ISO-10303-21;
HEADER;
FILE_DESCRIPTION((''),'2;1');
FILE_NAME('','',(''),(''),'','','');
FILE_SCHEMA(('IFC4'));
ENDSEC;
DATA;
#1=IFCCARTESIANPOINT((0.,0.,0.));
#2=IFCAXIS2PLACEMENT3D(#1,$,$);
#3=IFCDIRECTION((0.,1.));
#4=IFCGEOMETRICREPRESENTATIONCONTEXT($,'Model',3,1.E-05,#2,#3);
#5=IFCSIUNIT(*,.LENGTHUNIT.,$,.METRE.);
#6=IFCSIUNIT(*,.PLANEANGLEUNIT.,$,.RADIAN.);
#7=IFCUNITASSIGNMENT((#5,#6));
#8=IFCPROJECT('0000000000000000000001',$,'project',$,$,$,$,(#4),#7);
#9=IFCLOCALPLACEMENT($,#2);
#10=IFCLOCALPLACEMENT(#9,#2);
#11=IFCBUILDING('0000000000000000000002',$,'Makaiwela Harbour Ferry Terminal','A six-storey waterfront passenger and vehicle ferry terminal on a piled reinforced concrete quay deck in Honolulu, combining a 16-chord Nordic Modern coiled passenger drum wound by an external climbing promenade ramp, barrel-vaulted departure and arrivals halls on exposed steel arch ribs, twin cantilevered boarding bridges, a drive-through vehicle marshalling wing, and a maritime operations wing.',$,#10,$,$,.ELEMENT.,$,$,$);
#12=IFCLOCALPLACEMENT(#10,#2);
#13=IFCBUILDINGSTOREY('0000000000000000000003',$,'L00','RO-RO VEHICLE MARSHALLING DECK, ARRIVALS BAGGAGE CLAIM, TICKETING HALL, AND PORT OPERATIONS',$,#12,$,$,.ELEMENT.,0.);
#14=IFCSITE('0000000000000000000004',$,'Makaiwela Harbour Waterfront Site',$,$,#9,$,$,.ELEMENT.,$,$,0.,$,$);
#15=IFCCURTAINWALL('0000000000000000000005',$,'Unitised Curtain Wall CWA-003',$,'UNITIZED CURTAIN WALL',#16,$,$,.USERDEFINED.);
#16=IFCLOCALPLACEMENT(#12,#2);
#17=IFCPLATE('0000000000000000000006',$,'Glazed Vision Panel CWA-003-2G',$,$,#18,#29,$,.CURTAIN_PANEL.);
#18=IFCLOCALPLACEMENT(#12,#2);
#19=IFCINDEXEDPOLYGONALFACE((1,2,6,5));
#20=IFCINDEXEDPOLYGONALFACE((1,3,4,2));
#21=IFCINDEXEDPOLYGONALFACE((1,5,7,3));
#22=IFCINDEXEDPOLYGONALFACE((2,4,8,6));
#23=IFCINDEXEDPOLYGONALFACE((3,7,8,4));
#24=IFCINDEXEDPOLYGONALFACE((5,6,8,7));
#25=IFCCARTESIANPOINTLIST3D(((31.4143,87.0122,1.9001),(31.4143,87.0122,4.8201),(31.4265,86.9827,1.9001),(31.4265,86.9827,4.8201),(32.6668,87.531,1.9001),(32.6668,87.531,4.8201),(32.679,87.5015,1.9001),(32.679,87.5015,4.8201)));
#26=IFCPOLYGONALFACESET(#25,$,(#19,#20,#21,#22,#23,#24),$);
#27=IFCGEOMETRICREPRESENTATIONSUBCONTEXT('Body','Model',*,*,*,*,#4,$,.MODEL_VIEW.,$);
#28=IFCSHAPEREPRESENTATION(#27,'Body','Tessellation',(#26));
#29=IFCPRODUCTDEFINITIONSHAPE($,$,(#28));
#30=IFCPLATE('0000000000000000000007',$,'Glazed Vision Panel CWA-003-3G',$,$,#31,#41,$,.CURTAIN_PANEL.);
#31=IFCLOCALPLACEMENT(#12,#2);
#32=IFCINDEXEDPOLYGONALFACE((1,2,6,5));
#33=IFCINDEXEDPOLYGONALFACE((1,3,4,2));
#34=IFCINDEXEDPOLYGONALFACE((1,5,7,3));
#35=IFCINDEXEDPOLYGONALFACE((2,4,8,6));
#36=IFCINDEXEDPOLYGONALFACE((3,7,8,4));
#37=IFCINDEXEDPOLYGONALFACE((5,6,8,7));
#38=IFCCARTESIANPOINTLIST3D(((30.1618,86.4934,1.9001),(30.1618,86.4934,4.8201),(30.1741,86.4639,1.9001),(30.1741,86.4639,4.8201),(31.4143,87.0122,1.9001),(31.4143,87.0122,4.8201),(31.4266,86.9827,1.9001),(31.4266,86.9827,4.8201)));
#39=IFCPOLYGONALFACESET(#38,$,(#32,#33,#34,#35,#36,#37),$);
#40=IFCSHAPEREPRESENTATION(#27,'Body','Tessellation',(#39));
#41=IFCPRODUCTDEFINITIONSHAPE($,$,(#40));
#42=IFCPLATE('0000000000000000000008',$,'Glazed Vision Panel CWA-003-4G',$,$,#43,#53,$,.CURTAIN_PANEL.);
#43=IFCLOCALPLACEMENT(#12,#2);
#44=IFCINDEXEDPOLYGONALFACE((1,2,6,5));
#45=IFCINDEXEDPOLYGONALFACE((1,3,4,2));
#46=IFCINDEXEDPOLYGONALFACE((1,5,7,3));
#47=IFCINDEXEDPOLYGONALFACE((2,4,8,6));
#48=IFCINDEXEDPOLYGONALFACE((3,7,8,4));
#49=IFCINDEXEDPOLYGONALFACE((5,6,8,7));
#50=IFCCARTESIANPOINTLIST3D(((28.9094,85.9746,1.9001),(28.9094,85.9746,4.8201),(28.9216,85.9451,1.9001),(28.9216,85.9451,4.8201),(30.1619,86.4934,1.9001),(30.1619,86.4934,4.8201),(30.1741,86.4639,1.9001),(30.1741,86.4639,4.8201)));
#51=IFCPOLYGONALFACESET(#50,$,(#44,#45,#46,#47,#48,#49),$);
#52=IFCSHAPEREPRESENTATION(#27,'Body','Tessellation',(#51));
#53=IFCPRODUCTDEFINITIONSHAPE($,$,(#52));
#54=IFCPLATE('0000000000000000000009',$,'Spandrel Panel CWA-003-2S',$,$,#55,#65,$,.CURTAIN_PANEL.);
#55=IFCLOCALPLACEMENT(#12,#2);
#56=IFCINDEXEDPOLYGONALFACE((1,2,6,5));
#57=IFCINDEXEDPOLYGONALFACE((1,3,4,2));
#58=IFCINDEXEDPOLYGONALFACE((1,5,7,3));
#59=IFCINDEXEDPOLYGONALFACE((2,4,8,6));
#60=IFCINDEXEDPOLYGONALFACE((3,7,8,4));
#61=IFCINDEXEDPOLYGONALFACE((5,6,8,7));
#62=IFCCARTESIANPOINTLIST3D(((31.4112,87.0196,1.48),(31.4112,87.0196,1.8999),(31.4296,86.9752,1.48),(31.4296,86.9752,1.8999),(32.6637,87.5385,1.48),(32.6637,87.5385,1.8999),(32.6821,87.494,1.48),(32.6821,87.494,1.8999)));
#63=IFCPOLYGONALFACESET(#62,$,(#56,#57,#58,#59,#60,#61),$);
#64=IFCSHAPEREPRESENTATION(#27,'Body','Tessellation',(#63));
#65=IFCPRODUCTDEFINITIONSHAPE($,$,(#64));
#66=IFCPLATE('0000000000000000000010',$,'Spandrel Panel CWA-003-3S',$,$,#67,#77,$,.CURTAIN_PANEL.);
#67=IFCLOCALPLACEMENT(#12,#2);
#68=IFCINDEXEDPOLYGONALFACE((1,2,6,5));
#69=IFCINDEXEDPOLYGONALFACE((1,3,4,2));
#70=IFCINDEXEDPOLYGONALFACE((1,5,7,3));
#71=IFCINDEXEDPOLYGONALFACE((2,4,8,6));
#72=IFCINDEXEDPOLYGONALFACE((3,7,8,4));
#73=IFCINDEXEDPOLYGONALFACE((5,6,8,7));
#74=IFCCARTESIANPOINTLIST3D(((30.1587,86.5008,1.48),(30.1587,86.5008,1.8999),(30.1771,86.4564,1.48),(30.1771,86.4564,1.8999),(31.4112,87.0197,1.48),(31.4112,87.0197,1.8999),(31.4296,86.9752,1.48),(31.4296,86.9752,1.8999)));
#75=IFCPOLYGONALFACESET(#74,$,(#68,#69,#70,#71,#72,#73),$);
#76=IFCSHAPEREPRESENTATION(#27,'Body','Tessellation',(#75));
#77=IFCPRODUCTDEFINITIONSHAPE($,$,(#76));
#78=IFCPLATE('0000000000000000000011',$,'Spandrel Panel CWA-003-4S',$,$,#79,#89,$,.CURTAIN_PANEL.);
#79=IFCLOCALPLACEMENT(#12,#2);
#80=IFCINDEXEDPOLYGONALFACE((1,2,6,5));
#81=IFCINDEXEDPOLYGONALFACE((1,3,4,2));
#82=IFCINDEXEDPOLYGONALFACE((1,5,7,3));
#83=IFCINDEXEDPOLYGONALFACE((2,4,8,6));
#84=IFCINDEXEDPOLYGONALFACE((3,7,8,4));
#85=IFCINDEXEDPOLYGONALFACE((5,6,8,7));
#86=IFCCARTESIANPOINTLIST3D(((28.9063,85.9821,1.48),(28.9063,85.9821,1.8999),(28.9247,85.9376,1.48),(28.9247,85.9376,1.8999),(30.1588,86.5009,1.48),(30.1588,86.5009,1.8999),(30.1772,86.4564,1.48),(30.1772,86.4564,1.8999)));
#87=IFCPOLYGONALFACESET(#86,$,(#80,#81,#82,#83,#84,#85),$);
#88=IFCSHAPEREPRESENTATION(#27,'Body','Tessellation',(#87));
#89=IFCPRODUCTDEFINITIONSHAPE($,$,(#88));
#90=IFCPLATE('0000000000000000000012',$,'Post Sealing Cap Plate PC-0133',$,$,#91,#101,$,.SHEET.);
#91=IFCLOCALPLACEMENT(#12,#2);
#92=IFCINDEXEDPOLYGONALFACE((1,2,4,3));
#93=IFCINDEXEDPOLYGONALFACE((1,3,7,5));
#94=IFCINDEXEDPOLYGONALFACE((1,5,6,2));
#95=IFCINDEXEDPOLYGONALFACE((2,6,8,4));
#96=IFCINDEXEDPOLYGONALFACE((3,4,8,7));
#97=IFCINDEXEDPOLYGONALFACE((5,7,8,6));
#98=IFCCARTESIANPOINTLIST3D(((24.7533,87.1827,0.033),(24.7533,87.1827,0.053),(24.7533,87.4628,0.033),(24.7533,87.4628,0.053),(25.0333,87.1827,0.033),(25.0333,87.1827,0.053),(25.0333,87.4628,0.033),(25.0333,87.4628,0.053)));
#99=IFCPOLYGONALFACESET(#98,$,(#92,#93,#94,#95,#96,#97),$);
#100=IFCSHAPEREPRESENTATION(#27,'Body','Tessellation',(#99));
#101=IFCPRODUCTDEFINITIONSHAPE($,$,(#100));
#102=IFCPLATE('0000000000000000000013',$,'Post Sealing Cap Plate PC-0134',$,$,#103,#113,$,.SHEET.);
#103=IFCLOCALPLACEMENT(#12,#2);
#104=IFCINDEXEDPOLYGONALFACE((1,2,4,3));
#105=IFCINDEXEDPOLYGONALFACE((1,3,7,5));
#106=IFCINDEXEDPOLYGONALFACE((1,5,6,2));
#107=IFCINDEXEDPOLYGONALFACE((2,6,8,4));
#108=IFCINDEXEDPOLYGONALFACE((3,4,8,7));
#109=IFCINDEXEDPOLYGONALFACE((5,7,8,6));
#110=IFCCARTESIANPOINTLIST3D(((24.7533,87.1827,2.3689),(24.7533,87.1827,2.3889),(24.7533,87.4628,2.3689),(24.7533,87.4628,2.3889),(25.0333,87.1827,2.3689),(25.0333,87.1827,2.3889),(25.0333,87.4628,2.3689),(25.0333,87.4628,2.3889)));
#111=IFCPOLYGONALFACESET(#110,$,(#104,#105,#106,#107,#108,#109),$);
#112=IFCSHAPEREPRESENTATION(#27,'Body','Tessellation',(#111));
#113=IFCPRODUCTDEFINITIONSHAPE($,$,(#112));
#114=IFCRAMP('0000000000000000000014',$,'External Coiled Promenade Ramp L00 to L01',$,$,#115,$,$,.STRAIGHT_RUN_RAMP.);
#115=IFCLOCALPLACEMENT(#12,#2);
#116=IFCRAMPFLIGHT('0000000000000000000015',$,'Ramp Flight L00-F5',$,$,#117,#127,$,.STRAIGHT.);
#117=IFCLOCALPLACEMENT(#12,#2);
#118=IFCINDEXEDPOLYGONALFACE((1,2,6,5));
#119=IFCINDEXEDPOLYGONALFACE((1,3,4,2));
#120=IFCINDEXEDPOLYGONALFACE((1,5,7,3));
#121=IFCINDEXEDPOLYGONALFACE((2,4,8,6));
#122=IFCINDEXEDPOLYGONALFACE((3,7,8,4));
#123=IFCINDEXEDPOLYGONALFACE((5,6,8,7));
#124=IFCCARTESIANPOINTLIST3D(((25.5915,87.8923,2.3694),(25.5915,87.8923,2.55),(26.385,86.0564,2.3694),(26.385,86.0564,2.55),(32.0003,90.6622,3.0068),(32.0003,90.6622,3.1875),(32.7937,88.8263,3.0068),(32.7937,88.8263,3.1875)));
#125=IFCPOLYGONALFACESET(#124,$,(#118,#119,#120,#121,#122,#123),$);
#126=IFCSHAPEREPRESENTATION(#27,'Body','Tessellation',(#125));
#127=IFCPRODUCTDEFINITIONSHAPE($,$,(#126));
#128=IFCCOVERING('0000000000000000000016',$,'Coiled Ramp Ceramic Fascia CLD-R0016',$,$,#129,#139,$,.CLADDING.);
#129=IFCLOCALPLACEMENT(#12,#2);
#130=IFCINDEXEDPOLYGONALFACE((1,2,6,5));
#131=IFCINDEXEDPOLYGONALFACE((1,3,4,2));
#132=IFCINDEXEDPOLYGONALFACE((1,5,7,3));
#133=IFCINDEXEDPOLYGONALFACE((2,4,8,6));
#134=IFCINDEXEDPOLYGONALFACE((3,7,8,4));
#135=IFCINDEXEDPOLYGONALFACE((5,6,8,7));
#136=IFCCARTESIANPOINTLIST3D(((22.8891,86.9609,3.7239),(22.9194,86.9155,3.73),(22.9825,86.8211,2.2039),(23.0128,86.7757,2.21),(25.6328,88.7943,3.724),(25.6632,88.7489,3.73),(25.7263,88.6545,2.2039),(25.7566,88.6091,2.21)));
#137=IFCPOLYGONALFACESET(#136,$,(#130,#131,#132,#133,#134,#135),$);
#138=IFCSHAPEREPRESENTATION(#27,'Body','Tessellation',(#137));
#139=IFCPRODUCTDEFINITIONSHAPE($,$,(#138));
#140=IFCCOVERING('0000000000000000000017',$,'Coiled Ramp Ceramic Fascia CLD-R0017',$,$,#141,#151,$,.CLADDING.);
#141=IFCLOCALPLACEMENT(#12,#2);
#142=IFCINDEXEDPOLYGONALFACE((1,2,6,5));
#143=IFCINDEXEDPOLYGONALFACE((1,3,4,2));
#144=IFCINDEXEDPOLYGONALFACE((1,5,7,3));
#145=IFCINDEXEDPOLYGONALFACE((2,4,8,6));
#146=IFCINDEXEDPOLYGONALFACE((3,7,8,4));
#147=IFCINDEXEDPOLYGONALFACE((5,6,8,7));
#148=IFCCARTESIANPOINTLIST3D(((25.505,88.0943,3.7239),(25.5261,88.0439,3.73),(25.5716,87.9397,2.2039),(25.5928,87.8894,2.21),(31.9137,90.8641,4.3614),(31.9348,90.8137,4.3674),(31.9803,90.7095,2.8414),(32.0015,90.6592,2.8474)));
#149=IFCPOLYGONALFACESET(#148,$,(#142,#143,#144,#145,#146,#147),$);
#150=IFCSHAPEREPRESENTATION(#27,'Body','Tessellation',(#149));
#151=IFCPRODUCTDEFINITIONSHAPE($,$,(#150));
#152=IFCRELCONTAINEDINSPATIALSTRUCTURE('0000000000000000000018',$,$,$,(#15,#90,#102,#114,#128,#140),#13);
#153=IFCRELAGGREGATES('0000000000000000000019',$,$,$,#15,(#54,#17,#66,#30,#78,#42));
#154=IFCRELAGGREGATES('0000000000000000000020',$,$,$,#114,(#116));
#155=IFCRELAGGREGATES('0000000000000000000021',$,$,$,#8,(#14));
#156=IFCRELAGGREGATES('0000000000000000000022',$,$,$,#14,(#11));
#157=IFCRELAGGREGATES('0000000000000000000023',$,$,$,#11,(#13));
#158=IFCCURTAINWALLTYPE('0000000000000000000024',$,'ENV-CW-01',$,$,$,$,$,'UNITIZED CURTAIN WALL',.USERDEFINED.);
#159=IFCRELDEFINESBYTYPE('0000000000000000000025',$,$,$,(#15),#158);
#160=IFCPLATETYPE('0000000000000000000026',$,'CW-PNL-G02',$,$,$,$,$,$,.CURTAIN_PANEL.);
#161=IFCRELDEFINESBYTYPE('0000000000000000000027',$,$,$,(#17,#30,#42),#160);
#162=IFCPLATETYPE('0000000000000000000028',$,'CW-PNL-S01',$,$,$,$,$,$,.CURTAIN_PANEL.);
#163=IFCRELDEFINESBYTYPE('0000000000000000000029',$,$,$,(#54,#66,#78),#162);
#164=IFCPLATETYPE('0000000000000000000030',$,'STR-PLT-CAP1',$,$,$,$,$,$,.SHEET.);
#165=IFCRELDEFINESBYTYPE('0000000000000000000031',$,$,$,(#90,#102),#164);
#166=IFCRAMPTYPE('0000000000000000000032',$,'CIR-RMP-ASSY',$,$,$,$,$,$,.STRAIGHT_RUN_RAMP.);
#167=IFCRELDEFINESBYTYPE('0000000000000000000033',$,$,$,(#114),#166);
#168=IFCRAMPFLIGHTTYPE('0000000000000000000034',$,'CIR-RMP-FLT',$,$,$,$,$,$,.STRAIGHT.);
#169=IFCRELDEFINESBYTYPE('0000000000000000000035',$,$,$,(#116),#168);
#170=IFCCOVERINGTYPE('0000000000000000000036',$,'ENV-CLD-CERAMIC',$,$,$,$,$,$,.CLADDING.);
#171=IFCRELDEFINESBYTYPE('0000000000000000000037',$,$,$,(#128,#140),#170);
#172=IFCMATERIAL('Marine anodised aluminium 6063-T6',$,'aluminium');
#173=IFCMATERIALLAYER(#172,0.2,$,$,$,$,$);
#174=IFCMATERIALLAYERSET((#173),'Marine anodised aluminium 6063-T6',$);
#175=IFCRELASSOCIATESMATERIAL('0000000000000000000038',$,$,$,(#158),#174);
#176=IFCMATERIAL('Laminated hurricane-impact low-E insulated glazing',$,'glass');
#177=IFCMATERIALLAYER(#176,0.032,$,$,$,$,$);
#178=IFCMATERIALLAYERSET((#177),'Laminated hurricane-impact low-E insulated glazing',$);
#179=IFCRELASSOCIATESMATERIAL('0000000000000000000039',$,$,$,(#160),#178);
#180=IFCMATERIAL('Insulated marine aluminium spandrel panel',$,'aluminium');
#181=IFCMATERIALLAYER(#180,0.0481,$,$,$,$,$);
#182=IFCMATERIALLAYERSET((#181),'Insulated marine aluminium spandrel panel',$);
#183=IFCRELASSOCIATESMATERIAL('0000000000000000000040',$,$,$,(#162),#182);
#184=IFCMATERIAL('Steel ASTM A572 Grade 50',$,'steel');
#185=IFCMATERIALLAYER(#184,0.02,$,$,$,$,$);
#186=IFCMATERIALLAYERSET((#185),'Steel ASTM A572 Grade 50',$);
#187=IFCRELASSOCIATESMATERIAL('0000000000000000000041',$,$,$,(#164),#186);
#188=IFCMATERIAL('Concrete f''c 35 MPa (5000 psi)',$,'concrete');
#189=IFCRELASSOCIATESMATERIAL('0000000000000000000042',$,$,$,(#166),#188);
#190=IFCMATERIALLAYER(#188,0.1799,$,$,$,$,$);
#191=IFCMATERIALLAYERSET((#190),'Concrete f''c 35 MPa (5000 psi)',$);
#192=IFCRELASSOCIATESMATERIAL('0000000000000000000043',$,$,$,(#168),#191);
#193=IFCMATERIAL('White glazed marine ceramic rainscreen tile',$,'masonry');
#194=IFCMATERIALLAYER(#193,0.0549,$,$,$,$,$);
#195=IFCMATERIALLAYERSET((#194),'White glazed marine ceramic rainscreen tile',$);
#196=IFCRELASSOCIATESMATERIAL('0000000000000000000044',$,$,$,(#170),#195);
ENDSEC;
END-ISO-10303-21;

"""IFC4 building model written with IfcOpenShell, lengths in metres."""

from ifc_helpers import new_model, si_unit, direction, frame, origin, origin_2d, place, context, subcontext, project, spatial, polyline, rectangle, outline, extrude, material, layer, layer_set, type_object, element, aggregate, save


model = new_model("IFC4")

# Units and contexts
model_context = context("Model", 3, precision=1e-05, world=origin(), true_north=direction((0.0, 1.0)))
body_context = subcontext(model_context, "Body", "Model", "MODEL_VIEW")
ifc_project = project(units=[si_unit("LENGTHUNIT", "METRE"), si_unit("PLANEANGLEUNIT", "RADIAN")], contexts=[model_context])

# Site, building, storey
site_placement = place(None, origin())
site = spatial("IfcSite", under=ifc_project, at=site_placement, Name="Makaiwela Harbour Waterfront Site", CompositionType="ELEMENT", RefElevation=0.0)
building_placement = place(site_placement, origin())
building = spatial("IfcBuilding", under=site, at=building_placement, Name="Makaiwela Harbour Ferry Terminal", Description="A six-storey waterfront passenger and vehicle ferry terminal on a piled reinforced concrete quay deck in Honolulu, combining a 16-chord Nordic Modern coiled passenger drum wound by an external climbing promenade ramp, barrel-vaulted departure and arrivals halls on exposed steel arch ribs, twin cantilevered boarding bridges, a drive-through vehicle marshalling wing, and a maritime operations wing.", CompositionType="ELEMENT")
storey_placement = place(building_placement, origin())
storey = spatial("IfcBuildingStorey", under=building, at=storey_placement, Name="L00", Description="RO-RO VEHICLE MARSHALLING DECK, ARRIVALS BAGGAGE CLAIM, TICKETING HALL, AND PORT OPERATIONS", CompositionType="ELEMENT", Elevation=0.0)

# Curtain wall, plates
ifc_material_1 = material(Name="Marine anodised aluminium 6063-T6", Category="aluminium")
ifc_layer_1 = layer(ifc_material_1, 0.2)
ifc_layer_set_1 = layer_set([ifc_layer_1], Name="Marine anodised aluminium 6063-T6")
curtain_wall_type = type_object("IfcCurtainWallType", Name="ENV-CW-01", ElementType="UNITIZED CURTAIN WALL", PredefinedType="USERDEFINED", material=ifc_layer_set_1)
curtain_wall_placement = place(storey_placement, origin())
curtain_wall = element("IfcCurtainWall", 1, at=curtain_wall_placement, inside=storey, type_object=curtain_wall_type, Name="Unitised Curtain Wall CWA-003", ObjectType="UNITIZED CURTAIN WALL", PredefinedType="USERDEFINED")
ifc_material_2 = material(Name="Laminated hurricane-impact low-E insulated glazing", Category="glass")
ifc_layer_2 = layer(ifc_material_2, 0.032)
ifc_layer_set_2 = layer_set([ifc_layer_2], Name="Laminated hurricane-impact low-E insulated glazing")
plate_type_1 = type_object("IfcPlateType", Name="CW-PNL-G02", PredefinedType="CURTAIN_PANEL", material=ifc_layer_set_2)
plate_1_placement = place(storey_placement, frame((32.0466, 87.2568, 1.9001), z_axis=(0.0, 0.0, 1.0), x_axis=(-0.92388, -0.382683, 0.0)))
plate_1 = element("IfcPlate", 2, at=plate_1_placement, type_object=plate_type_1, Name="Glazed Vision Panel CWA-003-2G", PredefinedType="CURTAIN_PANEL", context=body_context, shape_type="SweptSolid", body=[
    extrude(rectangle(XDim=1.3557, YDim=0.032, at=origin_2d()), origin(), (0.0, 0.0, 1.0), 2.9199),
])
plate_2_placement = place(storey_placement, frame((30.7942, 86.738, 1.9001), z_axis=(0.0, 0.0, 1.0), x_axis=(-0.92388, -0.382683, 0.0)))
plate_2 = element("IfcPlate", 3, at=plate_2_placement, type_object=plate_type_1, Name="Glazed Vision Panel CWA-003-3G", PredefinedType="CURTAIN_PANEL", context=body_context, shape_type="SweptSolid", body=[
    extrude(rectangle(XDim=1.3557, YDim=0.032, at=origin_2d()), origin(), (0.0, 0.0, 1.0), 2.9199),
])
plate_3_placement = place(storey_placement, frame((29.5417, 86.2192, 1.9001), z_axis=(0.0, 0.0, 1.0), x_axis=(-0.92388, -0.382683, 0.0)))
plate_3 = element("IfcPlate", 4, at=plate_3_placement, type_object=plate_type_1, Name="Glazed Vision Panel CWA-003-4G", PredefinedType="CURTAIN_PANEL", context=body_context, shape_type="SweptSolid", body=[
    extrude(rectangle(XDim=1.3557, YDim=0.032, at=origin_2d()), origin(), (0.0, 0.0, 1.0), 2.9199),
])
ifc_material_3 = material(Name="Insulated marine aluminium spandrel panel", Category="aluminium")
ifc_layer_3 = layer(ifc_material_3, 0.0481)
ifc_layer_set_3 = layer_set([ifc_layer_3], Name="Insulated marine aluminium spandrel panel")
plate_type_2 = type_object("IfcPlateType", Name="CW-PNL-S01", PredefinedType="CURTAIN_PANEL", material=ifc_layer_set_3)
plate_4_placement = place(storey_placement, frame((32.0466, 87.2568, 1.48), z_axis=(0.0, 0.0, 1.0), x_axis=(-0.92388, -0.382683, 0.0)))
plate_4 = element("IfcPlate", 5, at=plate_4_placement, type_object=plate_type_2, Name="Spandrel Panel CWA-003-2S", PredefinedType="CURTAIN_PANEL", context=body_context, shape_type="SweptSolid", body=[
    extrude(rectangle(XDim=1.3557, YDim=0.0481, at=origin_2d()), origin(), (0.0, 0.0, 1.0), 0.4199),
])
plate_5_placement = place(storey_placement, frame((30.7942, 86.738, 1.48), z_axis=(0.0, 0.0, 1.0), x_axis=(-0.92388, -0.382683, 0.0)))
plate_5 = element("IfcPlate", 6, at=plate_5_placement, type_object=plate_type_2, Name="Spandrel Panel CWA-003-3S", PredefinedType="CURTAIN_PANEL", context=body_context, shape_type="SweptSolid", body=[
    extrude(rectangle(XDim=1.3557, YDim=0.0481, at=origin_2d()), origin(), (0.0, 0.0, 1.0), 0.4199),
])
plate_6_placement = place(storey_placement, frame((29.5417, 86.2192, 1.48), z_axis=(0.0, 0.0, 1.0), x_axis=(-0.92388, -0.382683, 0.0)))
plate_6 = element("IfcPlate", 7, at=plate_6_placement, type_object=plate_type_2, Name="Spandrel Panel CWA-003-4S", PredefinedType="CURTAIN_PANEL", context=body_context, shape_type="SweptSolid", body=[
    extrude(rectangle(XDim=1.3557, YDim=0.0481, at=origin_2d()), origin(), (0.0, 0.0, 1.0), 0.4199),
])
aggregate(curtain_wall, [plate_4, plate_1, plate_5, plate_2, plate_6, plate_3])

# Plates
ifc_material_4 = material(Name="Steel ASTM A572 Grade 50", Category="steel")
ifc_layer_4 = layer(ifc_material_4, 0.02)
ifc_layer_set_4 = layer_set([ifc_layer_4], Name="Steel ASTM A572 Grade 50")
plate_type_3 = type_object("IfcPlateType", Name="STR-PLT-CAP1", PredefinedType="SHEET", material=ifc_layer_set_4)
for number, where, z_axis, x_axis, name in (
    (8, (24.8933, 87.3228, 0.033), (0.0, 0.0, 1.0), (1.0, 0.0, 0.0), "Post Sealing Cap Plate PC-0133"),
    (9, (24.8933, 87.3228, 2.3689), (0.0, 0.0, 1.0), (1.0, 0.0, 0.0), "Post Sealing Cap Plate PC-0134"),
):
    element("IfcPlate", number, at=place(storey_placement, frame(where, z_axis=z_axis, x_axis=x_axis)), inside=storey, type_object=plate_type_3, Name=name, PredefinedType="SHEET", context=body_context, shape_type="SweptSolid", body=[
        extrude(rectangle(XDim=0.28, YDim=0.28, at=origin_2d()), origin(), (0.0, 0.0, 1.0), 0.02),
    ])

# Ramp, ramp flight
ifc_material_5 = material(Name="Concrete f'c 35 MPa (5000 psi)", Category="concrete")
ramp_type = type_object("IfcRampType", Name="CIR-RMP-ASSY", PredefinedType="STRAIGHT_RUN_RAMP", material=ifc_material_5)
ramp_placement = place(storey_placement, origin())
ramp = element("IfcRamp", 10, at=ramp_placement, inside=storey, type_object=ramp_type, Name="External Coiled Promenade Ramp L00 to L01", PredefinedType="STRAIGHT_RUN_RAMP")
ifc_layer_5 = layer(ifc_material_5, 0.1799)
ifc_layer_set_5 = layer_set([ifc_layer_5], Name="Concrete f'c 35 MPa (5000 psi)")
ramp_flight_type = type_object("IfcRampFlightType", Name="CIR-RMP-FLT", PredefinedType="STRAIGHT", material=ifc_layer_set_5)
ramp_flight_placement = place(storey_placement, frame((25.9883, 86.9744, 2.55), z_axis=(0.0, 0.0, 1.0), x_axis=(0.917935, 0.396731, 0.0)))
ramp_flight = element("IfcRampFlight", 11, at=ramp_flight_placement, type_object=ramp_flight_type, Name="Ramp Flight L00-F5", PredefinedType="STRAIGHT", context=body_context, shape_type="SweptSolid", body=[
    extrude(outline(polyline([(0.0, 0.0), (6.9817, 0.6375), (6.9817, 0.4568), (0.0, -0.1807), (0.0, 0.0)])), frame((0.0, 1.0, 0.0), z_axis=(0.0, -1.0, 0.0), x_axis=(1.0, 0.0, 0.0)), (0.0, 0.0, 1.0), 2.0),
])
aggregate(ramp, [ramp_flight])

# Coverings
ifc_material_6 = material(Name="White glazed marine ceramic rainscreen tile", Category="masonry")
ifc_layer_6 = layer(ifc_material_6, 0.0549)
ifc_layer_set_6 = layer_set([ifc_layer_6], Name="White glazed marine ceramic rainscreen tile")
covering_type = type_object("IfcCoveringType", Name="ENV-CLD-CERAMIC", PredefinedType="CLADDING", material=ifc_layer_set_6)
covering_1_placement = place(storey_placement, frame((25.7566, 88.6091, 2.21), z_axis=(0.552213, -0.826426, 0.109918), x_axis=(-0.831464, -0.555579, 0.000006)))
element("IfcCovering", 12, at=covering_1_placement, inside=storey, type_object=covering_type, Name="Coiled Ramp Ceramic Fascia CLD-R0016", PredefinedType="CLADDING", context=body_context, shape_type="SweptSolid", body=[
    extrude(outline(polyline([(0.0, 0.0), (3.3, 0.0), (3.2999, -1.5293), (0.0, -1.5293), (0.0, 0.0)])), origin(), (0.0, 0.0, -1.0), 0.0549),
])
covering_2_placement = place(storey_placement, frame((25.5928, 87.8894, 2.21), z_axis=(0.385071, -0.916302, 0.110046), x_axis=(0.914136, 0.395081, 0.090926)))
element("IfcCovering", 13, at=covering_2_placement, inside=storey, type_object=covering_type, Name="Coiled Ramp Ceramic Fascia CLD-R0017", PredefinedType="CLADDING", context=body_context, shape_type="SweptSolid", body=[
    extrude(outline(polyline([(0.0, 0.0), (7.0107, 0.0), (7.149, 1.523), (0.1383, 1.523), (0.0, 0.0)])), origin(), (0.0, 0.0, -1.0), 0.0549),
])

save(model, "model.ifc")
